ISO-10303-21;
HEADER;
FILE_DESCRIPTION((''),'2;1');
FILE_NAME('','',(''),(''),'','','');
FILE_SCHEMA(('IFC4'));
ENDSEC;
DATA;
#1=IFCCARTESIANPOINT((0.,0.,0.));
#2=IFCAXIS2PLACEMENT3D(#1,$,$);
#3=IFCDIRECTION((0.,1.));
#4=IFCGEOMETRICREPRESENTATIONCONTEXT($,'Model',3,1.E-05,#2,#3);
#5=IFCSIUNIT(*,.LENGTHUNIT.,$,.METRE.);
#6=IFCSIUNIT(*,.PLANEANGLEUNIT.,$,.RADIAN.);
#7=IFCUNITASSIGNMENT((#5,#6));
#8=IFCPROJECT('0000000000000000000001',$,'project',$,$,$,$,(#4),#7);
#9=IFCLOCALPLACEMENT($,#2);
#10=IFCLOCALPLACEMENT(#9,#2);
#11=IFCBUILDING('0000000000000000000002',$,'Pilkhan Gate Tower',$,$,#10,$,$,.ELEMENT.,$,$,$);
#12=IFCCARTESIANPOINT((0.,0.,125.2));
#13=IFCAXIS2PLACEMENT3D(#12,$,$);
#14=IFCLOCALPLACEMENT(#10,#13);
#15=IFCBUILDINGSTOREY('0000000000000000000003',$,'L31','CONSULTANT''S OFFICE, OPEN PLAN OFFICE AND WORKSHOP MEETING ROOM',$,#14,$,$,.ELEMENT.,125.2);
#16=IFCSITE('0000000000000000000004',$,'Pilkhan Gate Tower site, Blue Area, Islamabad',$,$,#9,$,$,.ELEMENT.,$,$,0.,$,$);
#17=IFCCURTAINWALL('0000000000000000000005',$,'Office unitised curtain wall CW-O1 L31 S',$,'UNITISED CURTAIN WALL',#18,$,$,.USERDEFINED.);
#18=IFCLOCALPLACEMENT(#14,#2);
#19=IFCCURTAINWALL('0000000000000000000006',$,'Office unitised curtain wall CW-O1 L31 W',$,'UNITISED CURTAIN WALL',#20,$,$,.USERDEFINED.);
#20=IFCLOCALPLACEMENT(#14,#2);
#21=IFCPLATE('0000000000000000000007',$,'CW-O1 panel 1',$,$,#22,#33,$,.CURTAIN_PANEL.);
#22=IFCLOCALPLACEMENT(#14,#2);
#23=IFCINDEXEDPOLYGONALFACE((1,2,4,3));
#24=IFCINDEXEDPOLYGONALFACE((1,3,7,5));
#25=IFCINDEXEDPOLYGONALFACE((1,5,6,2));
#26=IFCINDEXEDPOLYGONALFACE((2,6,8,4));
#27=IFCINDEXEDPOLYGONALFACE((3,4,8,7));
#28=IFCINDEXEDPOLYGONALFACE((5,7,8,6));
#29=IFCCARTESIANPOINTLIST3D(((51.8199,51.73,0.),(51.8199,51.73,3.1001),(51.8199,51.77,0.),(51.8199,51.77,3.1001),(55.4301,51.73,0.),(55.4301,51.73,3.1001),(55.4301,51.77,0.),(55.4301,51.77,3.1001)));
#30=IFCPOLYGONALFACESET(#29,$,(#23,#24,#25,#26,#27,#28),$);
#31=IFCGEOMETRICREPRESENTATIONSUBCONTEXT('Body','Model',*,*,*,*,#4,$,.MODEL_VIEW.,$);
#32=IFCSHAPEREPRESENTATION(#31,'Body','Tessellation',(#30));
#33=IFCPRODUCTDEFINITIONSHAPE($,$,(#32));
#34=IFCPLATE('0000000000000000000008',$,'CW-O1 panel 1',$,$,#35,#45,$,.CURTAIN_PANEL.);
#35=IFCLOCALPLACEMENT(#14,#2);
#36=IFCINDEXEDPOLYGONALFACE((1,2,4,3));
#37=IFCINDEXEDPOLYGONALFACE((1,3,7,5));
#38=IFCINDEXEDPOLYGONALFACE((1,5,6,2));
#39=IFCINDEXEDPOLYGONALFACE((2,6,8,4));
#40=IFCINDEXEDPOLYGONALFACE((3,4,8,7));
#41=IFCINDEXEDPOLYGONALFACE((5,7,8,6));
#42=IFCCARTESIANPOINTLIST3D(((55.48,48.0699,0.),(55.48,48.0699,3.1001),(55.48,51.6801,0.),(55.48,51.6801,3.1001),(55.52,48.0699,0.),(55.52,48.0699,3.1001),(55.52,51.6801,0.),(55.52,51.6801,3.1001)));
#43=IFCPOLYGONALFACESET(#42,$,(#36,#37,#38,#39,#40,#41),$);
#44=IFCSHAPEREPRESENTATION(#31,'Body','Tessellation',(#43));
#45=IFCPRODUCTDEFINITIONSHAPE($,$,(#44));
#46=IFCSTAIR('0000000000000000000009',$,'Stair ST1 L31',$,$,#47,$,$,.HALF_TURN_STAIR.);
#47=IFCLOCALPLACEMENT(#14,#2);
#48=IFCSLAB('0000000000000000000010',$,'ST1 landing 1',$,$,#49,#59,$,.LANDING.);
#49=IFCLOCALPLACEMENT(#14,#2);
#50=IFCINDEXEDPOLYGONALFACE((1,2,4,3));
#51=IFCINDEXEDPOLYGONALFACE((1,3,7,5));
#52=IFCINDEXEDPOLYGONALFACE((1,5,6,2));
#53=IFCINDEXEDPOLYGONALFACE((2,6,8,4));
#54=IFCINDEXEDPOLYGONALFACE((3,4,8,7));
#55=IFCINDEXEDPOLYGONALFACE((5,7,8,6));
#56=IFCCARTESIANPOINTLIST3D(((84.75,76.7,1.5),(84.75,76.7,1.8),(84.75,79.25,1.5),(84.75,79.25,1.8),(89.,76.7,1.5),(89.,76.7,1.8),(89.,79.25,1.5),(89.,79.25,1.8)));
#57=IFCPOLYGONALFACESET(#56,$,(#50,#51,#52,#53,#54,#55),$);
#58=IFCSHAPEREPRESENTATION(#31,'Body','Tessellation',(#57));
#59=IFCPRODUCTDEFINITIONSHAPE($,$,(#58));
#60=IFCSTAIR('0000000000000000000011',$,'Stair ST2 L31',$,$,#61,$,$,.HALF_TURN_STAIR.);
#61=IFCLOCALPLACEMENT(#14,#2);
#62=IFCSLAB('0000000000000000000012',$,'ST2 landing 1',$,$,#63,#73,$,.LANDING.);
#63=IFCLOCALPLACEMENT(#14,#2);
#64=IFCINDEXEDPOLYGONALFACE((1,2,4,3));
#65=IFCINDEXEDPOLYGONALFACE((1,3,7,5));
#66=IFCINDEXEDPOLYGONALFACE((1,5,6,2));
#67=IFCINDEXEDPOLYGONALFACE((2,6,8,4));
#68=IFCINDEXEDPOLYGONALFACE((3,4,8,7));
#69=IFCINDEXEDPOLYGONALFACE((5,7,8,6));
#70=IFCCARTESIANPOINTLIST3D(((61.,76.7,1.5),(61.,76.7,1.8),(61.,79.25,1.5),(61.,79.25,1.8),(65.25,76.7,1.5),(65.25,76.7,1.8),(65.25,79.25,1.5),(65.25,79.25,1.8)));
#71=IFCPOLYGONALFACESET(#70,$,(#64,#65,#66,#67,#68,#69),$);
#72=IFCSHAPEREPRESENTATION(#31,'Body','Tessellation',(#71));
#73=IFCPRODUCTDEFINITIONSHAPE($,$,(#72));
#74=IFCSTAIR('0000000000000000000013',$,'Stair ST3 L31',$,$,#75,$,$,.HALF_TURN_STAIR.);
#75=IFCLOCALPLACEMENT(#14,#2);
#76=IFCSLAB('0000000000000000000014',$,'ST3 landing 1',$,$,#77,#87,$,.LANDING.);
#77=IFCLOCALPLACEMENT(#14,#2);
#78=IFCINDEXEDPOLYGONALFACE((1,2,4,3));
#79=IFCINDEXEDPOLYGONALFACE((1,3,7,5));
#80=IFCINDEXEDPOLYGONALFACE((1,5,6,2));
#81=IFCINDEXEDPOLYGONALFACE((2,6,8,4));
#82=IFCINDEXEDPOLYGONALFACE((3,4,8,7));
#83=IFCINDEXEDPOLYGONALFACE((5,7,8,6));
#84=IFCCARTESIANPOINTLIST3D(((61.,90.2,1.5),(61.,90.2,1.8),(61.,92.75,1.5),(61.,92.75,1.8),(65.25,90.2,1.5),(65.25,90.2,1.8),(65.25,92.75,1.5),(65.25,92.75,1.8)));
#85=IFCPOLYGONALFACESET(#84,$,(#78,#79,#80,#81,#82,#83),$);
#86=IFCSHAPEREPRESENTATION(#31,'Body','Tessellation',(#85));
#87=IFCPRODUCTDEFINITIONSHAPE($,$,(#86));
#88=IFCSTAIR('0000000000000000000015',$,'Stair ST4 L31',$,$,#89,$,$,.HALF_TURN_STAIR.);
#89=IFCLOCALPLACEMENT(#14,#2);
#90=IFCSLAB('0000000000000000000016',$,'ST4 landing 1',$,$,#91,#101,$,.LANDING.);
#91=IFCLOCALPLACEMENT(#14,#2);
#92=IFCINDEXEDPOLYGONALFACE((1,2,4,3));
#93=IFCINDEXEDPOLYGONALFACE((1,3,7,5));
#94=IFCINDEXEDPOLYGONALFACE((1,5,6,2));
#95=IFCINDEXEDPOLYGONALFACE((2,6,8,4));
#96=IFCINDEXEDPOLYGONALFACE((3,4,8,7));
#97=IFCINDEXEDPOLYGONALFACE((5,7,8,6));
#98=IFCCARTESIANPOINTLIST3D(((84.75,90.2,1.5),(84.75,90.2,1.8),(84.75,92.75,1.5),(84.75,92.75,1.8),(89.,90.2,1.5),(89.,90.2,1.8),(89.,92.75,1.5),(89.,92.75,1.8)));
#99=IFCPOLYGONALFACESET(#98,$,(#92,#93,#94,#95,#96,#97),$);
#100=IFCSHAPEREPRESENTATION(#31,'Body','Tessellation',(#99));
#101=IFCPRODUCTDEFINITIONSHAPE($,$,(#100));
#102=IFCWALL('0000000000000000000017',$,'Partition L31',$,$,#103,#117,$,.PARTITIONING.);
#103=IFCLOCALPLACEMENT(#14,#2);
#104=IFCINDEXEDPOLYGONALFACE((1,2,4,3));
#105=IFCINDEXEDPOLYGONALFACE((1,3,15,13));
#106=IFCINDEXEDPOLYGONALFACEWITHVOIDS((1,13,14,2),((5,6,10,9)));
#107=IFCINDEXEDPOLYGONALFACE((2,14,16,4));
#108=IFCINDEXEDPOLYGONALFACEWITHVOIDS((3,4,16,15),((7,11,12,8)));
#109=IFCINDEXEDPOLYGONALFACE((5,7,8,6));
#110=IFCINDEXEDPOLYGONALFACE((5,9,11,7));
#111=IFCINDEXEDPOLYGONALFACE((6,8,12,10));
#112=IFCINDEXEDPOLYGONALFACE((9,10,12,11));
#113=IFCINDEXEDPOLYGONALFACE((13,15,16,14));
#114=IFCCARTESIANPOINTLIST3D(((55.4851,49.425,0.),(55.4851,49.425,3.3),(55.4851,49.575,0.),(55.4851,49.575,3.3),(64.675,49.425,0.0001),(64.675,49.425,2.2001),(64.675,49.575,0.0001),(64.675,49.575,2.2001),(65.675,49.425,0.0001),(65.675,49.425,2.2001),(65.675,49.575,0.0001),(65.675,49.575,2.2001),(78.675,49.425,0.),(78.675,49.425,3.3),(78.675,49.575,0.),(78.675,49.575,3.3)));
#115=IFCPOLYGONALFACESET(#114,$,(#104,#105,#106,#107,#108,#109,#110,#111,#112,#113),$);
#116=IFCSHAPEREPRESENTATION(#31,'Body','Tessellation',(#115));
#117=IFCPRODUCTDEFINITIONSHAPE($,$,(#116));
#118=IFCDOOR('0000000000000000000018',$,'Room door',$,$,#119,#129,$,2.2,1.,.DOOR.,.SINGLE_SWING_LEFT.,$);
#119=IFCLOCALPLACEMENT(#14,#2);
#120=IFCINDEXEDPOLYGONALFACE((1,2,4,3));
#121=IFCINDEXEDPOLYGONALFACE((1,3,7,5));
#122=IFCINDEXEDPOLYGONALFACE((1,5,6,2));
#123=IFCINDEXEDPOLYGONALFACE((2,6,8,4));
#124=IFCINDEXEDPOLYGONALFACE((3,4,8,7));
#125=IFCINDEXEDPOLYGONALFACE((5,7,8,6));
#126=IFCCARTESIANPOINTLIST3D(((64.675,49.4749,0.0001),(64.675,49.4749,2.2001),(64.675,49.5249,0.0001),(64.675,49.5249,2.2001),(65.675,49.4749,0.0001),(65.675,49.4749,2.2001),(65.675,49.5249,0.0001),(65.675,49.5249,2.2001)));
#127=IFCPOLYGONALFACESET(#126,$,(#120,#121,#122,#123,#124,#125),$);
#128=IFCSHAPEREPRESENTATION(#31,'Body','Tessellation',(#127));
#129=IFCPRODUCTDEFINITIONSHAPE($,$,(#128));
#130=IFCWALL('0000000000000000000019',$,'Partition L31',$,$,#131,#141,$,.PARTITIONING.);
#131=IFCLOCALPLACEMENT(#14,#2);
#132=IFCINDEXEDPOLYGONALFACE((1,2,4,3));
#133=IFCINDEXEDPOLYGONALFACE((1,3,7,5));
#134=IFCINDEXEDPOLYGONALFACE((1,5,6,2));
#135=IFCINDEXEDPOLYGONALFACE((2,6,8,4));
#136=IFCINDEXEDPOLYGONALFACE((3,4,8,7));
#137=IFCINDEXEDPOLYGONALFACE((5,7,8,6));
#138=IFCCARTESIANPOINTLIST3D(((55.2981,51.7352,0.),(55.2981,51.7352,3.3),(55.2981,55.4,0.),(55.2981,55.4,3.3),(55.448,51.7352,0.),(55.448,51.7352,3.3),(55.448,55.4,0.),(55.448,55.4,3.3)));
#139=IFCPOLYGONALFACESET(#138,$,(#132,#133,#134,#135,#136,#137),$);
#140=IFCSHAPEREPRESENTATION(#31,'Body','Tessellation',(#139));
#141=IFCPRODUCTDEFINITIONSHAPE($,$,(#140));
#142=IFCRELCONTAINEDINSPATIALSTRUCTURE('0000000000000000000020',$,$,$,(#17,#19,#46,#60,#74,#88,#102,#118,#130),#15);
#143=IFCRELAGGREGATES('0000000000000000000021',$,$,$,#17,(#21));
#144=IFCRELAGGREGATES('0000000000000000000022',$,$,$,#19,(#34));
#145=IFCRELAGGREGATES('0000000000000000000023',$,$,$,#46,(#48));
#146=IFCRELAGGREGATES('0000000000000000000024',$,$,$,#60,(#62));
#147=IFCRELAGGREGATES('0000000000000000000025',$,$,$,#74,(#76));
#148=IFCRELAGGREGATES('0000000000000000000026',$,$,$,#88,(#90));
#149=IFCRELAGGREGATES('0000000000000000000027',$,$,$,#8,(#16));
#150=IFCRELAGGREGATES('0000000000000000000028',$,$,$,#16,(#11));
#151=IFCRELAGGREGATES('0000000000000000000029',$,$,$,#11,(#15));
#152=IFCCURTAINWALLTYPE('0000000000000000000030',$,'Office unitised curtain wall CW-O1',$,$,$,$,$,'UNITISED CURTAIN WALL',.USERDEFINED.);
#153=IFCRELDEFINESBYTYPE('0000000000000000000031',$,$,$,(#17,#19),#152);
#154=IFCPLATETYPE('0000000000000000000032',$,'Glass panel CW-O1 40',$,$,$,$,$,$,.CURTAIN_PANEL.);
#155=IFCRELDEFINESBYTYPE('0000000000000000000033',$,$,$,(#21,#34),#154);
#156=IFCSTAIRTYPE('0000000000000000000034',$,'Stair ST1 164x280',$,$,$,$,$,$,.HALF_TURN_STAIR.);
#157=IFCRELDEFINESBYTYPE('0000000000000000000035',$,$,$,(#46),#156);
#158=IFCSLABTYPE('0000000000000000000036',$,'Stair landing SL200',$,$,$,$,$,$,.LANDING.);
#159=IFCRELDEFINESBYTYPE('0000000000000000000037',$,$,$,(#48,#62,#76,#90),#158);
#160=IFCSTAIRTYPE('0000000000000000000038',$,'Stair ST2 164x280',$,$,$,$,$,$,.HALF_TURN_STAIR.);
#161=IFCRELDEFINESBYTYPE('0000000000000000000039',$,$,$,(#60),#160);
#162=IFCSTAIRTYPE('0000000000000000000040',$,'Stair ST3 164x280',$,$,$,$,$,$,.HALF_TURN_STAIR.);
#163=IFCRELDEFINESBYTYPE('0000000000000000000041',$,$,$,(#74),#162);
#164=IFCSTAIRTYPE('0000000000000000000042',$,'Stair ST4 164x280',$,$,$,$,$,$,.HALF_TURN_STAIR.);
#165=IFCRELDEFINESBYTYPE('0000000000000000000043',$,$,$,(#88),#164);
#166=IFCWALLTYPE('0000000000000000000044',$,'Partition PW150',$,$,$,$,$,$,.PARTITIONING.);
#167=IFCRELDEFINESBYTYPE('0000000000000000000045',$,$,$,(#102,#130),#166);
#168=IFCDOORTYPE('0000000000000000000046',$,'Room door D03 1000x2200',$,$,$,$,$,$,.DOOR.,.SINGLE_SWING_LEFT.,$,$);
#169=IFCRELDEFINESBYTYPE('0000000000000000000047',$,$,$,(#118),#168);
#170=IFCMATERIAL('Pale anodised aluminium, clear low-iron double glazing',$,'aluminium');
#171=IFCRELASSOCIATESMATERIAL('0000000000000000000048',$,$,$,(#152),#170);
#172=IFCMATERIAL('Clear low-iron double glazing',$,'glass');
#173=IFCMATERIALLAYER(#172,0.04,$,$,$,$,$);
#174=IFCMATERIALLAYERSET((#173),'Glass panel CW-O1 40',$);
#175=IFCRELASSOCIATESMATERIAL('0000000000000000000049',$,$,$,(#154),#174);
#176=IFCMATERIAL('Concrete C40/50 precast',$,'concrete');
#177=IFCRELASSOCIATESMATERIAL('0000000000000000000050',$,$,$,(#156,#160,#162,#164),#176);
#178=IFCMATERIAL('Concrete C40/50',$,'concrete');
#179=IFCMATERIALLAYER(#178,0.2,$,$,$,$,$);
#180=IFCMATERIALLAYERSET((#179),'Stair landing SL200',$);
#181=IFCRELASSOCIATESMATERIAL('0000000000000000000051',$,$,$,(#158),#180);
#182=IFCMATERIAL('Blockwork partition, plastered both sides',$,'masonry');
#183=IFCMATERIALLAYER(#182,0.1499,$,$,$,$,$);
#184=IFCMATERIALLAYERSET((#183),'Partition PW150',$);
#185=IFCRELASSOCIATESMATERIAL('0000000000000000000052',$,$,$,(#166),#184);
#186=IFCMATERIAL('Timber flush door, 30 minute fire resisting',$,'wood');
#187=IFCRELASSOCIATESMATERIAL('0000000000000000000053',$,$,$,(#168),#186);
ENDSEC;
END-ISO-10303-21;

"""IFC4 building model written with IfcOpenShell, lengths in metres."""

from ifc_helpers import new_model, si_unit, direction, frame, frame_2d, origin, origin_2d, place, context, subcontext, project, spatial, polyline, rectangle, outline, extrude, material, layer, layer_set, type_object, element, fill, aggregate, save


model = new_model("IFC4")

# Units and contexts
model_context = context("Model", 3, precision=1e-05, world=origin(), true_north=direction((0.0, 1.0)))
body_context = subcontext(model_context, "Body", "Model", "MODEL_VIEW")
ifc_project = project(units=[si_unit("LENGTHUNIT", "METRE"), si_unit("PLANEANGLEUNIT", "RADIAN")], contexts=[model_context])

# Site, building, storey
site_placement = place(None, origin())
site = spatial("IfcSite", under=ifc_project, at=site_placement, Name="Pilkhan Gate Tower site, Blue Area, Islamabad", CompositionType="ELEMENT", RefElevation=0.0)
building_placement = place(site_placement, origin())
building = spatial("IfcBuilding", under=site, at=building_placement, Name="Pilkhan Gate Tower", CompositionType="ELEMENT")
storey_placement = place(building_placement, frame((0.0, 0.0, 125.2)))
storey = spatial("IfcBuildingStorey", under=building, at=storey_placement, Name="L31", Description="CONSULTANT'S OFFICE, OPEN PLAN OFFICE AND WORKSHOP MEETING ROOM", CompositionType="ELEMENT", Elevation=125.2)

# Curtain walls
ifc_material_1 = material(Name="Pale anodised aluminium, clear low-iron double glazing", Category="aluminium")
curtain_wall_type = type_object("IfcCurtainWallType", Name="Office unitised curtain wall CW-O1", ElementType="UNITISED CURTAIN WALL", PredefinedType="USERDEFINED", material=ifc_material_1)
curtain_wall_1_placement = place(storey_placement, origin())
curtain_wall_1 = element("IfcCurtainWall", 1, at=curtain_wall_1_placement, inside=storey, type_object=curtain_wall_type, Name="Office unitised curtain wall CW-O1 L31 S", ObjectType="UNITISED CURTAIN WALL", PredefinedType="USERDEFINED")
curtain_wall_2_placement = place(storey_placement, origin())
curtain_wall_2 = element("IfcCurtainWall", 2, at=curtain_wall_2_placement, inside=storey, type_object=curtain_wall_type, Name="Office unitised curtain wall CW-O1 L31 W", ObjectType="UNITISED CURTAIN WALL", PredefinedType="USERDEFINED")

# Shared definitions
ifc_material_2 = material(Name="Concrete C40/50", Category="concrete")

# Plates
ifc_material_3 = material(Name="Clear low-iron double glazing", Category="glass")
ifc_layer_1 = layer(ifc_material_3, 0.04)
ifc_layer_set_1 = layer_set([ifc_layer_1], Name="Glass panel CW-O1 40")
plate_type = type_object("IfcPlateType", Name="Glass panel CW-O1 40", PredefinedType="CURTAIN_PANEL", material=ifc_layer_set_1)
plate_1_placement = place(storey_placement, frame((53.625, 51.75, 0.0), z_axis=(0.0, 0.0, 1.0), x_axis=(1.0, 0.0, 0.0)))
plate_1 = element("IfcPlate", 3, at=plate_1_placement, type_object=plate_type, Name="CW-O1 panel 1", PredefinedType="CURTAIN_PANEL", context=body_context, shape_type="SweptSolid", body=[
    extrude(rectangle(XDim=3.6101, YDim=0.04, at=origin_2d()), origin(), (0.0, 0.0, 1.0), 3.1001),
])
aggregate(curtain_wall_1, [plate_1])
plate_2_placement = place(storey_placement, frame((55.5, 49.875, 0.0), z_axis=(0.0, 0.0, 1.0), x_axis=(0.0, 1.0, 0.0)))
plate_2 = element("IfcPlate", 4, at=plate_2_placement, type_object=plate_type, Name="CW-O1 panel 1", PredefinedType="CURTAIN_PANEL", context=body_context, shape_type="SweptSolid", body=[
    extrude(rectangle(XDim=3.6101, YDim=0.04, at=origin_2d()), origin(), (0.0, 0.0, 1.0), 3.1001),
])
aggregate(curtain_wall_2, [plate_2])

# Stairs, slabs
ifc_material_4 = material(Name="Concrete C40/50 precast", Category="concrete")
stair_type_1 = type_object("IfcStairType", Name="Stair ST1 164x280", PredefinedType="HALF_TURN_STAIR", material=ifc_material_4)
stair_1_placement = place(storey_placement, origin())
stair_1 = element("IfcStair", 5, at=stair_1_placement, inside=storey, type_object=stair_type_1, Name="Stair ST1 L31", PredefinedType="HALF_TURN_STAIR")
ifc_layer_2 = layer(ifc_material_2, 0.2)
ifc_layer_set_2 = layer_set([ifc_layer_2], Name="Stair landing SL200")
slab_type_1 = type_object("IfcSlabType", Name="Stair landing SL200", PredefinedType="LANDING", material=ifc_layer_set_2)
slab_1_placement = place(storey_placement, frame((0.0, 0.0, 1.5)))
slab_1 = element("IfcSlab", 6, at=slab_1_placement, type_object=slab_type_1, Name="ST1 landing 1", PredefinedType="LANDING", context=body_context, shape_type="SweptSolid", body=[
    extrude(outline(polyline([(89.0, 76.7), (89.0, 79.25), (84.75, 79.25), (84.75, 76.7), (89.0, 76.7)])), origin(), (0.0, 0.0, 1.0), 0.3),
])
aggregate(stair_1, [slab_1])
stair_type_2 = type_object("IfcStairType", Name="Stair ST2 164x280", PredefinedType="HALF_TURN_STAIR", material=ifc_material_4)
stair_2_placement = place(storey_placement, origin())
stair_2 = element("IfcStair", 7, at=stair_2_placement, inside=storey, type_object=stair_type_2, Name="Stair ST2 L31", PredefinedType="HALF_TURN_STAIR")
slab_2_placement = place(storey_placement, frame((0.0, 0.0, 1.5)))
slab_2 = element("IfcSlab", 8, at=slab_2_placement, type_object=slab_type_1, Name="ST2 landing 1", PredefinedType="LANDING", context=body_context, shape_type="SweptSolid", body=[
    extrude(outline(polyline([(65.25, 76.7), (65.25, 79.25), (61.0, 79.25), (61.0, 76.7), (65.25, 76.7)])), origin(), (0.0, 0.0, 1.0), 0.3),
])
aggregate(stair_2, [slab_2])
stair_type_3 = type_object("IfcStairType", Name="Stair ST3 164x280", PredefinedType="HALF_TURN_STAIR", material=ifc_material_4)
stair_3_placement = place(storey_placement, origin())
stair_3 = element("IfcStair", 9, at=stair_3_placement, inside=storey, type_object=stair_type_3, Name="Stair ST3 L31", PredefinedType="HALF_TURN_STAIR")
slab_3_placement = place(storey_placement, frame((0.0, 0.0, 1.5)))
slab_3 = element("IfcSlab", 10, at=slab_3_placement, type_object=slab_type_1, Name="ST3 landing 1", PredefinedType="LANDING", context=body_context, shape_type="SweptSolid", body=[
    extrude(outline(polyline([(65.25, 90.2), (65.25, 92.75), (61.0, 92.75), (61.0, 90.2), (65.25, 90.2)])), origin(), (0.0, 0.0, 1.0), 0.3),
])
aggregate(stair_3, [slab_3])
stair_type_4 = type_object("IfcStairType", Name="Stair ST4 164x280", PredefinedType="HALF_TURN_STAIR", material=ifc_material_4)
stair_4_placement = place(storey_placement, origin())
stair_4 = element("IfcStair", 11, at=stair_4_placement, inside=storey, type_object=stair_type_4, Name="Stair ST4 L31", PredefinedType="HALF_TURN_STAIR")
slab_4_placement = place(storey_placement, frame((0.0, 0.0, 1.5)))
slab_4 = element("IfcSlab", 12, at=slab_4_placement, type_object=slab_type_1, Name="ST4 landing 1", PredefinedType="LANDING", context=body_context, shape_type="SweptSolid", body=[
    extrude(outline(polyline([(89.0, 90.2), (89.0, 92.75), (84.75, 92.75), (84.75, 90.2), (89.0, 90.2)])), origin(), (0.0, 0.0, 1.0), 0.3),
])
aggregate(stair_4, [slab_4])

# Wall, opening, door
ifc_material_5 = material(Name="Blockwork partition, plastered both sides", Category="masonry")
ifc_layer_3 = layer(ifc_material_5, 0.1499)
ifc_layer_set_3 = layer_set([ifc_layer_3], Name="Partition PW150")
wall_type = type_object("IfcWallType", Name="Partition PW150", PredefinedType="PARTITIONING", material=ifc_layer_set_3)
wall_1_placement = place(storey_placement, frame((55.4851, 49.5, 0.0), z_axis=(0.0, 0.0, 1.0), x_axis=(1.0, 0.0, 0.0)))
wall_1 = element("IfcWall", 13, at=wall_1_placement, inside=storey, type_object=wall_type, Name="Partition L31", PredefinedType="PARTITIONING", context=body_context, shape_type="SweptSolid", body=[
    extrude(rectangle(XDim=23.1899, YDim=0.1499, at=frame_2d((11.595, 0.0))), origin(), (0.0, 0.0, 1.0), 3.3),
])
opening_placement = place(wall_1_placement, frame((9.1899, 0.0, 0.0)))
opening = element("IfcOpeningElement", 14, at=opening_placement, cuts=wall_1, PredefinedType="OPENING", context=body_context, shape_type="SweptSolid", body=[
    extrude(rectangle(XDim=1.0, YDim=2.2, at=frame_2d((0.5, 1.1001))), frame((0.0, 0.085, 0.0), z_axis=(0.0, -1.0, 0.0), x_axis=(1.0, 0.0, 0.0)), (0.0, 0.0, 1.0), 0.1699),
])
ifc_material_6 = material(Name="Timber flush door, 30 minute fire resisting", Category="wood")
door_type = type_object("IfcDoorType", Name="Room door D03 1000x2200", OperationType="SINGLE_SWING_LEFT", PredefinedType="DOOR", material=ifc_material_6)
door_placement = place(opening_placement, origin())
door = element("IfcDoor", 15, at=door_placement, inside=storey, type_object=door_type, Name="Room door", OperationType="SINGLE_SWING_LEFT", OverallHeight=2.2, OverallWidth=1.0, PredefinedType="DOOR", context=body_context, shape_type="SweptSolid", body=[
    extrude(rectangle(XDim=1.0, YDim=2.2, at=frame_2d((0.5, 1.1001))), frame((0.0, 0.0249, 0.0), z_axis=(0.0, -1.0, 0.0), x_axis=(1.0, 0.0, 0.0)), (0.0, 0.0, 1.0), 0.05),
])
fill(opening, door)

# Wall
wall_2_placement = place(storey_placement, frame((55.373, 51.7351, 0.0), z_axis=(0.0, 0.0, 1.0), x_axis=(0.0, 1.0, 0.0)))
element("IfcWall", 16, at=wall_2_placement, inside=storey, type_object=wall_type, Name="Partition L31", PredefinedType="PARTITIONING", context=body_context, shape_type="SweptSolid", body=[
    extrude(rectangle(XDim=3.6648, YDim=0.1499, at=frame_2d((1.8325, 0.0))), origin(), (0.0, 0.0, 1.0), 3.3),
])

save(model, "model.ifc")
